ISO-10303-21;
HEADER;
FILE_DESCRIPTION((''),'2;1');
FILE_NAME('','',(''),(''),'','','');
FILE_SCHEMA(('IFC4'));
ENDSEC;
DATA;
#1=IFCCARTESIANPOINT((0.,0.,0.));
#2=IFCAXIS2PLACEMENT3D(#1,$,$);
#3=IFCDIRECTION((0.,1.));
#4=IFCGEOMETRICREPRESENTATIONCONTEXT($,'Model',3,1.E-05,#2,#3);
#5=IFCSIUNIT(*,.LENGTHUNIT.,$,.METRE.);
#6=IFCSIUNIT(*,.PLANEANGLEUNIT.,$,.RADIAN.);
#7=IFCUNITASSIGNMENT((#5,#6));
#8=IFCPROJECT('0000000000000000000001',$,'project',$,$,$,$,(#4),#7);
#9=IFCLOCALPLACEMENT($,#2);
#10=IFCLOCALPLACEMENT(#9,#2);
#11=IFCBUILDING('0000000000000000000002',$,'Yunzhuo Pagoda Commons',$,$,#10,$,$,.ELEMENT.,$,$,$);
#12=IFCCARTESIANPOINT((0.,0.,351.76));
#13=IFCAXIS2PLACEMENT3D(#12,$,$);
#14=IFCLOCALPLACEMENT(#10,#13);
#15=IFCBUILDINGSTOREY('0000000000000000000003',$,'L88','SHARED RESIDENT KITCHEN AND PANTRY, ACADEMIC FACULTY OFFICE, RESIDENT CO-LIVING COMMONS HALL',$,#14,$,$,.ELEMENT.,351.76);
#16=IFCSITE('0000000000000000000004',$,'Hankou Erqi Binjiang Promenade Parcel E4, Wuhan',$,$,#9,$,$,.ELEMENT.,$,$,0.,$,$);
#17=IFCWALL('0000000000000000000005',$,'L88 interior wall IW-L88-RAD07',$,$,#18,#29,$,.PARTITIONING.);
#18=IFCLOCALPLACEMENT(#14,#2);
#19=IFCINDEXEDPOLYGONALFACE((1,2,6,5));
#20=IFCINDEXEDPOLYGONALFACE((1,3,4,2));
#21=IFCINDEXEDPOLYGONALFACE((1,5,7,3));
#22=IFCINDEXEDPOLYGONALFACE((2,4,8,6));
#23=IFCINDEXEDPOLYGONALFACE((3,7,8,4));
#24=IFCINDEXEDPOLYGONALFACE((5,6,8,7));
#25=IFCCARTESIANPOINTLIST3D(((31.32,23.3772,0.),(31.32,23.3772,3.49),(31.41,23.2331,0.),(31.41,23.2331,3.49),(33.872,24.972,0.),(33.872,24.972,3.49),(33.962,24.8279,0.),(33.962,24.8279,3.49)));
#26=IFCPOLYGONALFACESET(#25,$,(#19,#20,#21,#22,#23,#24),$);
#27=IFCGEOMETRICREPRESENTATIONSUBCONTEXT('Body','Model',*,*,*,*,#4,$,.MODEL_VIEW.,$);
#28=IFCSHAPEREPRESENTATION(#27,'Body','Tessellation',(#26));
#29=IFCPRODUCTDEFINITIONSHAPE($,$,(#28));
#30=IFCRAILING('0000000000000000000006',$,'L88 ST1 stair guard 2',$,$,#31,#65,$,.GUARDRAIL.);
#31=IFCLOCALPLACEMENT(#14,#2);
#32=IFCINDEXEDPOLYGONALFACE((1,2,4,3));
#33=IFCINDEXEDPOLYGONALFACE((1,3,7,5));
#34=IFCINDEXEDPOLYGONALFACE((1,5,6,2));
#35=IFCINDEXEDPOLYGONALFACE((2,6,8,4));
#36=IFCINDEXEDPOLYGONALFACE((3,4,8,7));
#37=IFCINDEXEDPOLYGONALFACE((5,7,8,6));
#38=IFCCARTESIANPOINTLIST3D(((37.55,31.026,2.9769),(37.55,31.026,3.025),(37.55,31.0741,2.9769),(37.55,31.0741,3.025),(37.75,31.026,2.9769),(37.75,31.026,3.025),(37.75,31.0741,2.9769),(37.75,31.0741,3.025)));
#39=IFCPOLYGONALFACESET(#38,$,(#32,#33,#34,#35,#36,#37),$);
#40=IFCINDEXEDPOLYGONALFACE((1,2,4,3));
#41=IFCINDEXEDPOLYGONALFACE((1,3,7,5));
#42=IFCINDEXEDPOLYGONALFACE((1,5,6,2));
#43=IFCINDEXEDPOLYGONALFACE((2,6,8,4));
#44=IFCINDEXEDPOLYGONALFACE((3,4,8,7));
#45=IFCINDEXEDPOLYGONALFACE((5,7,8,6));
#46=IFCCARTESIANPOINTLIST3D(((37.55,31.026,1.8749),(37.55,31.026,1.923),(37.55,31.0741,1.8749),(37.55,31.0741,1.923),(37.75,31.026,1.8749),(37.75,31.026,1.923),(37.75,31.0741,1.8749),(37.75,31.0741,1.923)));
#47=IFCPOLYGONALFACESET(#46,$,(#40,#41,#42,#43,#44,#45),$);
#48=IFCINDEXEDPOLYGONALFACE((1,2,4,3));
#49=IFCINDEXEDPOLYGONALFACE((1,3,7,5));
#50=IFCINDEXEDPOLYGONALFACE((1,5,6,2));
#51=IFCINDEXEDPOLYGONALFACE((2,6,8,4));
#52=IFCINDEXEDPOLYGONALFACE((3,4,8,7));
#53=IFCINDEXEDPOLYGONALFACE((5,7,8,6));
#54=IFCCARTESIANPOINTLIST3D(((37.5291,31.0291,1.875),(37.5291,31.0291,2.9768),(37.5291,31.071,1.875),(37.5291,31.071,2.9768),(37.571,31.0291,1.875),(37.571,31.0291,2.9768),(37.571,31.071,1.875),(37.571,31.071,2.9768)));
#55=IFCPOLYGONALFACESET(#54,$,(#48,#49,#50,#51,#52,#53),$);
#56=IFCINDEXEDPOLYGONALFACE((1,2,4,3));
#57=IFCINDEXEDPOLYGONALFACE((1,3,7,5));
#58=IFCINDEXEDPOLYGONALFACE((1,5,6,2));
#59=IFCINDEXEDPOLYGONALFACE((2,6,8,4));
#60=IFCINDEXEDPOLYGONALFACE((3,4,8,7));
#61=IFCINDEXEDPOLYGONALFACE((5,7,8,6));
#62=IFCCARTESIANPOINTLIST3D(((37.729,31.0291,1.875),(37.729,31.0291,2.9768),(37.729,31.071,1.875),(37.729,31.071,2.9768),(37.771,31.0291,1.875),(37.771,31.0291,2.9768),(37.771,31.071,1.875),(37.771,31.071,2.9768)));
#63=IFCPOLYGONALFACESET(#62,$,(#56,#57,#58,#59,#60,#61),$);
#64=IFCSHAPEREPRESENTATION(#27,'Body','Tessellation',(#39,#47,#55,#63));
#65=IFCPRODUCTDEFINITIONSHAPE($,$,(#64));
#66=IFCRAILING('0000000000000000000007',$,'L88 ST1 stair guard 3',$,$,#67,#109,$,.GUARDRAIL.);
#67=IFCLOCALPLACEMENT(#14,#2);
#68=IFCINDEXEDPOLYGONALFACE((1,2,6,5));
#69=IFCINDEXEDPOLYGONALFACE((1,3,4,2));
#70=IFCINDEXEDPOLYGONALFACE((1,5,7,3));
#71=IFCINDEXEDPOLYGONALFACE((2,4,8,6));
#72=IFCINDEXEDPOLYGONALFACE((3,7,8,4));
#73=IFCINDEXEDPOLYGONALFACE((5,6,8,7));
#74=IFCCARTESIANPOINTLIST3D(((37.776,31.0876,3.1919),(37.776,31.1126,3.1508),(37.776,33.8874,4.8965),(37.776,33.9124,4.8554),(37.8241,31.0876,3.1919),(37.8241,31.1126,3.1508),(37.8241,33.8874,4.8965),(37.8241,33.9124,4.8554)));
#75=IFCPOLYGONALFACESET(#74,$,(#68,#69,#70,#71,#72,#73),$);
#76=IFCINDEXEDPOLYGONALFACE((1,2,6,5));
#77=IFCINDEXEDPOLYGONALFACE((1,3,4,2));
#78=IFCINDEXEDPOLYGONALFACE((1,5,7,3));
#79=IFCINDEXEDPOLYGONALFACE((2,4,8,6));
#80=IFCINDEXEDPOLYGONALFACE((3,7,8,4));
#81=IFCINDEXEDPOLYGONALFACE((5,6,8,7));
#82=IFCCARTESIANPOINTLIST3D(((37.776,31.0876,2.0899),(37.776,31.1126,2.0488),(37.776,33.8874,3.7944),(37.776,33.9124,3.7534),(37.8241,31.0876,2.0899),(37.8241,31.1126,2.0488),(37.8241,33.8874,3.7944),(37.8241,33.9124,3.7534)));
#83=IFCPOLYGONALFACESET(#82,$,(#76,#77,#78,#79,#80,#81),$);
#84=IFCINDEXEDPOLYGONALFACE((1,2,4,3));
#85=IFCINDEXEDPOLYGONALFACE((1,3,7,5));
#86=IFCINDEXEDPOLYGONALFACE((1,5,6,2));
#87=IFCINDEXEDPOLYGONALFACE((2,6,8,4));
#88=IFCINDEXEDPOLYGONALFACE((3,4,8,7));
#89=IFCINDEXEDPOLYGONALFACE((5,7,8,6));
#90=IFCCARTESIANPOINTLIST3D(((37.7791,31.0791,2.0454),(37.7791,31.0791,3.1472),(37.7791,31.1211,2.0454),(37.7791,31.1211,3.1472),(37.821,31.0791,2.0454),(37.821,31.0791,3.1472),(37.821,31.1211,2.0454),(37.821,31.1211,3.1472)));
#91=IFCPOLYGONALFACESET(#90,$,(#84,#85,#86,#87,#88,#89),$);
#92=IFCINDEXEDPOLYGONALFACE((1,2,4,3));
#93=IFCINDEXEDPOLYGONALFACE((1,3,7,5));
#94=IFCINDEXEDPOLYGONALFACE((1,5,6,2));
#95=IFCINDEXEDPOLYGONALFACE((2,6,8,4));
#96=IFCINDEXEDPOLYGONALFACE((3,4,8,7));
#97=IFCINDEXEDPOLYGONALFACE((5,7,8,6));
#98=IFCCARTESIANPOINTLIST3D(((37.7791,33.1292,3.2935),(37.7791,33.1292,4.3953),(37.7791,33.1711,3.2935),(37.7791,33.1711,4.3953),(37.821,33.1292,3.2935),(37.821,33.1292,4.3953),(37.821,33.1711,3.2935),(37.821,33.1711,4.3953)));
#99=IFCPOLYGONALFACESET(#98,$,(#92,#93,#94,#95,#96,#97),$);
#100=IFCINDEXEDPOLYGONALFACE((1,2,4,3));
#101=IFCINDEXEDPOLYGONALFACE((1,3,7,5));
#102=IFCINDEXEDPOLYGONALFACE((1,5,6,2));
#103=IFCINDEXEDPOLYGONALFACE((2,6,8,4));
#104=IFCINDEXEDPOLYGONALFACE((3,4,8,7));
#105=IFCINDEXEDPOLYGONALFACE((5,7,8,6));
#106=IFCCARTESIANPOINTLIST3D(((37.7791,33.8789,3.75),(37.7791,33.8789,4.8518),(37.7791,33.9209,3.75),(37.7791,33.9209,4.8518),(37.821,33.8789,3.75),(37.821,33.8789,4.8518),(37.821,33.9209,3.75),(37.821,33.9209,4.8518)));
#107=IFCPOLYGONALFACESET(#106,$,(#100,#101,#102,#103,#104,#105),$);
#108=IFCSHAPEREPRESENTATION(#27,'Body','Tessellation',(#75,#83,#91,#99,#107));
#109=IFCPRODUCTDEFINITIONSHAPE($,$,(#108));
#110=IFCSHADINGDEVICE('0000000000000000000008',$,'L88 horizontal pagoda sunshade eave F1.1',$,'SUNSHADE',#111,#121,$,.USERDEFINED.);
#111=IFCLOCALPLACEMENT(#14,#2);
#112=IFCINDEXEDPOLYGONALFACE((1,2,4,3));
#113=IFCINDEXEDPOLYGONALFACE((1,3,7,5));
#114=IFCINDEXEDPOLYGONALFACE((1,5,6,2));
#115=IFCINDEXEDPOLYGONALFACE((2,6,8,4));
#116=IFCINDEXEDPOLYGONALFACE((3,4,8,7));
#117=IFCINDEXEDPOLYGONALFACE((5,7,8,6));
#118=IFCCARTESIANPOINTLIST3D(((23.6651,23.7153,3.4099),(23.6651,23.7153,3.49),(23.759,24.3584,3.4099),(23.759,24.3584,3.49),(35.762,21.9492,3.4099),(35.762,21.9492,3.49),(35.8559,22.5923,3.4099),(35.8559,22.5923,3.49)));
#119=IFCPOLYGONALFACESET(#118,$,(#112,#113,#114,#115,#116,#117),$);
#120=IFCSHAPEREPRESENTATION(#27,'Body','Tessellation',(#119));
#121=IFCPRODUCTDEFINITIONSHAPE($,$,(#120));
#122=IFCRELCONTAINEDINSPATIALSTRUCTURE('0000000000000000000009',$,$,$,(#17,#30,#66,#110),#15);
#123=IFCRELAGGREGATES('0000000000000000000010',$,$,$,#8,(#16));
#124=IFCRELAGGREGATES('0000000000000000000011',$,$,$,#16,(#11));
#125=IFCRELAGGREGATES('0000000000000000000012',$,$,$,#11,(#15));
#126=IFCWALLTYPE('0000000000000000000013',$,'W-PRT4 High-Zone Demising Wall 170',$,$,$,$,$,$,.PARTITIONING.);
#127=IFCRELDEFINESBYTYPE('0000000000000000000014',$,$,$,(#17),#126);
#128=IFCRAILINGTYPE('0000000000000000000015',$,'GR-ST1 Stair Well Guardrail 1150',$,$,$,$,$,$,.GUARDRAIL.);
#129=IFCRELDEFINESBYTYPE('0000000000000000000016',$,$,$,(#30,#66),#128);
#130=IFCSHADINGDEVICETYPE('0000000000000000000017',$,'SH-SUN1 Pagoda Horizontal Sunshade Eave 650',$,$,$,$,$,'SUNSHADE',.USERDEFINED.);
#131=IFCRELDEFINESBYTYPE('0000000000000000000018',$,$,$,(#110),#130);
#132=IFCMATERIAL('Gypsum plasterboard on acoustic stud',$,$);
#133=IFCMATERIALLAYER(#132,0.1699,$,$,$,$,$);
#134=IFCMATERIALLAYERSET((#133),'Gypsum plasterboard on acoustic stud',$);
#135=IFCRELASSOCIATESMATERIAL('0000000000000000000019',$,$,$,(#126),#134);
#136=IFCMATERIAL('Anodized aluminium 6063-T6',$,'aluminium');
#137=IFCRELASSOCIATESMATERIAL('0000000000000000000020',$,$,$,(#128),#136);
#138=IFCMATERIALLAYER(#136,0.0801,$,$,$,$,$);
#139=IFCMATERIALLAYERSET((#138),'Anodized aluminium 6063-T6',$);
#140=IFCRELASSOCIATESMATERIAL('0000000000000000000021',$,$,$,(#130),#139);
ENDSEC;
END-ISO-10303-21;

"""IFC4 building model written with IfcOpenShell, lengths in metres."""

from ifc_helpers import new_model, si_unit, direction, frame, frame_2d, origin, origin_2d, place, context, subcontext, project, spatial, rectangle, extrude, source, transform, mapped, material, layer, layer_set, type_object, element, save


model = new_model("IFC4")

# Units and contexts
model_context = context("Model", 3, precision=1e-05, world=origin(), true_north=direction((0.0, 1.0)))
body_context = subcontext(model_context, "Body", "Model", "MODEL_VIEW")
ifc_project = project(units=[si_unit("LENGTHUNIT", "METRE"), si_unit("PLANEANGLEUNIT", "RADIAN")], contexts=[model_context])

# Site, building, storey
site_placement = place(None, origin())
site = spatial("IfcSite", under=ifc_project, at=site_placement, Name="Hankou Erqi Binjiang Promenade Parcel E4, Wuhan", CompositionType="ELEMENT", RefElevation=0.0)
building_placement = place(site_placement, origin())
building = spatial("IfcBuilding", under=site, at=building_placement, Name="Yunzhuo Pagoda Commons", CompositionType="ELEMENT")
storey_placement = place(building_placement, frame((0.0, 0.0, 351.76)))
storey = spatial("IfcBuildingStorey", under=building, at=storey_placement, Name="L88", Description="SHARED RESIDENT KITCHEN AND PANTRY, ACADEMIC FACULTY OFFICE, RESIDENT CO-LIVING COMMONS HALL", CompositionType="ELEMENT", Elevation=351.76)

# Shared definitions
ifc_material_1 = material(Name="Anodized aluminium 6063-T6", Category="aluminium")

# Shared definitions
ifc_material_2 = material(Name="Gypsum plasterboard on acoustic stud")

# Wall
ifc_layer_1 = layer(ifc_material_2, 0.1699)
ifc_layer_set_1 = layer_set([ifc_layer_1], Name="Gypsum plasterboard on acoustic stud")
wall_type_1 = type_object("IfcWallType", Name="W-PRT4 High-Zone Demising Wall 170", PredefinedType="PARTITIONING", material=ifc_layer_set_1)
wall_1_placement = place(storey_placement, frame((33.917, 24.8999, 0.0), z_axis=(0.0, 0.0, 1.0), x_axis=(-0.848039, -0.529933, 0.0)))
element("IfcWall", 1, at=wall_1_placement, inside=storey, type_object=wall_type_1, Name="L88 interior wall IW-L88-RAD07", PredefinedType="PARTITIONING", context=body_context, shape_type="SweptSolid", body=[
    extrude(rectangle(XDim=3.0093, YDim=0.1699, at=frame_2d((1.5046, 0.0))), origin(), (0.0, 0.0, 1.0), 3.49),
])

# Railings
railing_type = type_object("IfcRailingType", Name="GR-ST1 Stair Well Guardrail 1150", PredefinedType="GUARDRAIL", material=ifc_material_1)
railing_1_placement = place(storey_placement, frame((37.55, 31.05, 1.875)))
element("IfcRailing", 2, at=railing_1_placement, inside=storey, type_object=railing_type, Name="L88 ST1 stair guard 2", PredefinedType="GUARDRAIL", context=body_context, shape_type="SweptSolid", body=[
    extrude(rectangle(XDim=0.0481, YDim=0.0481, at=origin_2d()), frame((0.0, 0.0, 1.126), z_axis=(1.0, 0.0, 0.0), x_axis=(0.0, 1.0, 0.0)), (0.0, 0.0, 1.0), 0.2),
    extrude(rectangle(XDim=0.0481, YDim=0.0481, at=origin_2d()), frame((0.0, 0.0, 0.0239), z_axis=(1.0, 0.0, 0.0), x_axis=(0.0, 1.0, 0.0)), (0.0, 0.0, 1.0), 0.2),
    extrude(rectangle(XDim=0.042, YDim=0.042, at=origin_2d()), origin(), (0.0, 0.0, 1.0), 1.1018),
    extrude(rectangle(XDim=0.042, YDim=0.042, at=origin_2d()), frame((0.2, 0.0, 0.0)), (0.0, 0.0, 1.0), 1.1018),
])
railing_2_placement = place(storey_placement, frame((37.8, 31.1001, 2.0454)))
element("IfcRailing", 3, at=railing_2_placement, inside=storey, type_object=railing_type, Name="L88 ST1 stair guard 3", PredefinedType="GUARDRAIL", context=body_context, shape_type="SweptSolid", body=[
    extrude(rectangle(XDim=0.0481, YDim=0.0481, at=origin_2d()), frame((0.0, 0.0, 1.126), z_axis=(0.0, 0.85415, 0.520027), x_axis=(-1.0, 0.0, 0.0)), (0.0, 0.0, 1.0), 3.2778),
    extrude(rectangle(XDim=0.0481, YDim=0.0481, at=origin_2d()), frame((0.0, 0.0, 0.0239), z_axis=(0.0, 0.85415, 0.520027), x_axis=(-1.0, 0.0, 0.0)), (0.0, 0.0, 1.0), 3.2778),
    extrude(rectangle(XDim=0.042, YDim=0.042, at=origin_2d()), origin(), (0.0, 0.0, 1.0), 1.1018),
    extrude(rectangle(XDim=0.042, YDim=0.042, at=origin_2d()), frame((0.0, 2.05, 1.248)), (0.0, 0.0, 1.0), 1.1018),
    extrude(rectangle(XDim=0.042, YDim=0.042, at=origin_2d()), frame((0.0, 2.7998, 1.7046)), (0.0, 0.0, 1.0), 1.1018),
])

# Shading device
ifc_layer_2 = layer(ifc_material_1, 0.0801)
ifc_layer_set_2 = layer_set([ifc_layer_2], Name="Anodized aluminium 6063-T6")
shading_device_type = type_object("IfcShadingDeviceType", Name="SH-SUN1 Pagoda Horizontal Sunshade Eave 650", ElementType="SUNSHADE", PredefinedType="USERDEFINED", material=ifc_layer_set_2)
shared_shape_1 = source(origin(), body_context, "Body", "SweptSolid", [
    extrude(rectangle(XDim=12.2251, YDim=0.6499, at=origin_2d()), origin(), (0.0, 0.0, 1.0), 0.0801),
])
shading_device_placement = place(storey_placement, frame((29.7605, 23.1538, 3.4099), z_axis=(0.0, 0.0, 1.0), x_axis=(0.989511, -0.14446, 0.0)))
element("IfcShadingDevice", 4, at=shading_device_placement, inside=storey, type_object=shading_device_type, Name="L88 horizontal pagoda sunshade eave F1.1", ObjectType="SUNSHADE", PredefinedType="USERDEFINED", context=body_context, shape_type="MappedRepresentation", body=[
    mapped(shared_shape_1, transform((0.0, 0.0, 0.0), scale=1.0)),
])

save(model, "model.ifc")
